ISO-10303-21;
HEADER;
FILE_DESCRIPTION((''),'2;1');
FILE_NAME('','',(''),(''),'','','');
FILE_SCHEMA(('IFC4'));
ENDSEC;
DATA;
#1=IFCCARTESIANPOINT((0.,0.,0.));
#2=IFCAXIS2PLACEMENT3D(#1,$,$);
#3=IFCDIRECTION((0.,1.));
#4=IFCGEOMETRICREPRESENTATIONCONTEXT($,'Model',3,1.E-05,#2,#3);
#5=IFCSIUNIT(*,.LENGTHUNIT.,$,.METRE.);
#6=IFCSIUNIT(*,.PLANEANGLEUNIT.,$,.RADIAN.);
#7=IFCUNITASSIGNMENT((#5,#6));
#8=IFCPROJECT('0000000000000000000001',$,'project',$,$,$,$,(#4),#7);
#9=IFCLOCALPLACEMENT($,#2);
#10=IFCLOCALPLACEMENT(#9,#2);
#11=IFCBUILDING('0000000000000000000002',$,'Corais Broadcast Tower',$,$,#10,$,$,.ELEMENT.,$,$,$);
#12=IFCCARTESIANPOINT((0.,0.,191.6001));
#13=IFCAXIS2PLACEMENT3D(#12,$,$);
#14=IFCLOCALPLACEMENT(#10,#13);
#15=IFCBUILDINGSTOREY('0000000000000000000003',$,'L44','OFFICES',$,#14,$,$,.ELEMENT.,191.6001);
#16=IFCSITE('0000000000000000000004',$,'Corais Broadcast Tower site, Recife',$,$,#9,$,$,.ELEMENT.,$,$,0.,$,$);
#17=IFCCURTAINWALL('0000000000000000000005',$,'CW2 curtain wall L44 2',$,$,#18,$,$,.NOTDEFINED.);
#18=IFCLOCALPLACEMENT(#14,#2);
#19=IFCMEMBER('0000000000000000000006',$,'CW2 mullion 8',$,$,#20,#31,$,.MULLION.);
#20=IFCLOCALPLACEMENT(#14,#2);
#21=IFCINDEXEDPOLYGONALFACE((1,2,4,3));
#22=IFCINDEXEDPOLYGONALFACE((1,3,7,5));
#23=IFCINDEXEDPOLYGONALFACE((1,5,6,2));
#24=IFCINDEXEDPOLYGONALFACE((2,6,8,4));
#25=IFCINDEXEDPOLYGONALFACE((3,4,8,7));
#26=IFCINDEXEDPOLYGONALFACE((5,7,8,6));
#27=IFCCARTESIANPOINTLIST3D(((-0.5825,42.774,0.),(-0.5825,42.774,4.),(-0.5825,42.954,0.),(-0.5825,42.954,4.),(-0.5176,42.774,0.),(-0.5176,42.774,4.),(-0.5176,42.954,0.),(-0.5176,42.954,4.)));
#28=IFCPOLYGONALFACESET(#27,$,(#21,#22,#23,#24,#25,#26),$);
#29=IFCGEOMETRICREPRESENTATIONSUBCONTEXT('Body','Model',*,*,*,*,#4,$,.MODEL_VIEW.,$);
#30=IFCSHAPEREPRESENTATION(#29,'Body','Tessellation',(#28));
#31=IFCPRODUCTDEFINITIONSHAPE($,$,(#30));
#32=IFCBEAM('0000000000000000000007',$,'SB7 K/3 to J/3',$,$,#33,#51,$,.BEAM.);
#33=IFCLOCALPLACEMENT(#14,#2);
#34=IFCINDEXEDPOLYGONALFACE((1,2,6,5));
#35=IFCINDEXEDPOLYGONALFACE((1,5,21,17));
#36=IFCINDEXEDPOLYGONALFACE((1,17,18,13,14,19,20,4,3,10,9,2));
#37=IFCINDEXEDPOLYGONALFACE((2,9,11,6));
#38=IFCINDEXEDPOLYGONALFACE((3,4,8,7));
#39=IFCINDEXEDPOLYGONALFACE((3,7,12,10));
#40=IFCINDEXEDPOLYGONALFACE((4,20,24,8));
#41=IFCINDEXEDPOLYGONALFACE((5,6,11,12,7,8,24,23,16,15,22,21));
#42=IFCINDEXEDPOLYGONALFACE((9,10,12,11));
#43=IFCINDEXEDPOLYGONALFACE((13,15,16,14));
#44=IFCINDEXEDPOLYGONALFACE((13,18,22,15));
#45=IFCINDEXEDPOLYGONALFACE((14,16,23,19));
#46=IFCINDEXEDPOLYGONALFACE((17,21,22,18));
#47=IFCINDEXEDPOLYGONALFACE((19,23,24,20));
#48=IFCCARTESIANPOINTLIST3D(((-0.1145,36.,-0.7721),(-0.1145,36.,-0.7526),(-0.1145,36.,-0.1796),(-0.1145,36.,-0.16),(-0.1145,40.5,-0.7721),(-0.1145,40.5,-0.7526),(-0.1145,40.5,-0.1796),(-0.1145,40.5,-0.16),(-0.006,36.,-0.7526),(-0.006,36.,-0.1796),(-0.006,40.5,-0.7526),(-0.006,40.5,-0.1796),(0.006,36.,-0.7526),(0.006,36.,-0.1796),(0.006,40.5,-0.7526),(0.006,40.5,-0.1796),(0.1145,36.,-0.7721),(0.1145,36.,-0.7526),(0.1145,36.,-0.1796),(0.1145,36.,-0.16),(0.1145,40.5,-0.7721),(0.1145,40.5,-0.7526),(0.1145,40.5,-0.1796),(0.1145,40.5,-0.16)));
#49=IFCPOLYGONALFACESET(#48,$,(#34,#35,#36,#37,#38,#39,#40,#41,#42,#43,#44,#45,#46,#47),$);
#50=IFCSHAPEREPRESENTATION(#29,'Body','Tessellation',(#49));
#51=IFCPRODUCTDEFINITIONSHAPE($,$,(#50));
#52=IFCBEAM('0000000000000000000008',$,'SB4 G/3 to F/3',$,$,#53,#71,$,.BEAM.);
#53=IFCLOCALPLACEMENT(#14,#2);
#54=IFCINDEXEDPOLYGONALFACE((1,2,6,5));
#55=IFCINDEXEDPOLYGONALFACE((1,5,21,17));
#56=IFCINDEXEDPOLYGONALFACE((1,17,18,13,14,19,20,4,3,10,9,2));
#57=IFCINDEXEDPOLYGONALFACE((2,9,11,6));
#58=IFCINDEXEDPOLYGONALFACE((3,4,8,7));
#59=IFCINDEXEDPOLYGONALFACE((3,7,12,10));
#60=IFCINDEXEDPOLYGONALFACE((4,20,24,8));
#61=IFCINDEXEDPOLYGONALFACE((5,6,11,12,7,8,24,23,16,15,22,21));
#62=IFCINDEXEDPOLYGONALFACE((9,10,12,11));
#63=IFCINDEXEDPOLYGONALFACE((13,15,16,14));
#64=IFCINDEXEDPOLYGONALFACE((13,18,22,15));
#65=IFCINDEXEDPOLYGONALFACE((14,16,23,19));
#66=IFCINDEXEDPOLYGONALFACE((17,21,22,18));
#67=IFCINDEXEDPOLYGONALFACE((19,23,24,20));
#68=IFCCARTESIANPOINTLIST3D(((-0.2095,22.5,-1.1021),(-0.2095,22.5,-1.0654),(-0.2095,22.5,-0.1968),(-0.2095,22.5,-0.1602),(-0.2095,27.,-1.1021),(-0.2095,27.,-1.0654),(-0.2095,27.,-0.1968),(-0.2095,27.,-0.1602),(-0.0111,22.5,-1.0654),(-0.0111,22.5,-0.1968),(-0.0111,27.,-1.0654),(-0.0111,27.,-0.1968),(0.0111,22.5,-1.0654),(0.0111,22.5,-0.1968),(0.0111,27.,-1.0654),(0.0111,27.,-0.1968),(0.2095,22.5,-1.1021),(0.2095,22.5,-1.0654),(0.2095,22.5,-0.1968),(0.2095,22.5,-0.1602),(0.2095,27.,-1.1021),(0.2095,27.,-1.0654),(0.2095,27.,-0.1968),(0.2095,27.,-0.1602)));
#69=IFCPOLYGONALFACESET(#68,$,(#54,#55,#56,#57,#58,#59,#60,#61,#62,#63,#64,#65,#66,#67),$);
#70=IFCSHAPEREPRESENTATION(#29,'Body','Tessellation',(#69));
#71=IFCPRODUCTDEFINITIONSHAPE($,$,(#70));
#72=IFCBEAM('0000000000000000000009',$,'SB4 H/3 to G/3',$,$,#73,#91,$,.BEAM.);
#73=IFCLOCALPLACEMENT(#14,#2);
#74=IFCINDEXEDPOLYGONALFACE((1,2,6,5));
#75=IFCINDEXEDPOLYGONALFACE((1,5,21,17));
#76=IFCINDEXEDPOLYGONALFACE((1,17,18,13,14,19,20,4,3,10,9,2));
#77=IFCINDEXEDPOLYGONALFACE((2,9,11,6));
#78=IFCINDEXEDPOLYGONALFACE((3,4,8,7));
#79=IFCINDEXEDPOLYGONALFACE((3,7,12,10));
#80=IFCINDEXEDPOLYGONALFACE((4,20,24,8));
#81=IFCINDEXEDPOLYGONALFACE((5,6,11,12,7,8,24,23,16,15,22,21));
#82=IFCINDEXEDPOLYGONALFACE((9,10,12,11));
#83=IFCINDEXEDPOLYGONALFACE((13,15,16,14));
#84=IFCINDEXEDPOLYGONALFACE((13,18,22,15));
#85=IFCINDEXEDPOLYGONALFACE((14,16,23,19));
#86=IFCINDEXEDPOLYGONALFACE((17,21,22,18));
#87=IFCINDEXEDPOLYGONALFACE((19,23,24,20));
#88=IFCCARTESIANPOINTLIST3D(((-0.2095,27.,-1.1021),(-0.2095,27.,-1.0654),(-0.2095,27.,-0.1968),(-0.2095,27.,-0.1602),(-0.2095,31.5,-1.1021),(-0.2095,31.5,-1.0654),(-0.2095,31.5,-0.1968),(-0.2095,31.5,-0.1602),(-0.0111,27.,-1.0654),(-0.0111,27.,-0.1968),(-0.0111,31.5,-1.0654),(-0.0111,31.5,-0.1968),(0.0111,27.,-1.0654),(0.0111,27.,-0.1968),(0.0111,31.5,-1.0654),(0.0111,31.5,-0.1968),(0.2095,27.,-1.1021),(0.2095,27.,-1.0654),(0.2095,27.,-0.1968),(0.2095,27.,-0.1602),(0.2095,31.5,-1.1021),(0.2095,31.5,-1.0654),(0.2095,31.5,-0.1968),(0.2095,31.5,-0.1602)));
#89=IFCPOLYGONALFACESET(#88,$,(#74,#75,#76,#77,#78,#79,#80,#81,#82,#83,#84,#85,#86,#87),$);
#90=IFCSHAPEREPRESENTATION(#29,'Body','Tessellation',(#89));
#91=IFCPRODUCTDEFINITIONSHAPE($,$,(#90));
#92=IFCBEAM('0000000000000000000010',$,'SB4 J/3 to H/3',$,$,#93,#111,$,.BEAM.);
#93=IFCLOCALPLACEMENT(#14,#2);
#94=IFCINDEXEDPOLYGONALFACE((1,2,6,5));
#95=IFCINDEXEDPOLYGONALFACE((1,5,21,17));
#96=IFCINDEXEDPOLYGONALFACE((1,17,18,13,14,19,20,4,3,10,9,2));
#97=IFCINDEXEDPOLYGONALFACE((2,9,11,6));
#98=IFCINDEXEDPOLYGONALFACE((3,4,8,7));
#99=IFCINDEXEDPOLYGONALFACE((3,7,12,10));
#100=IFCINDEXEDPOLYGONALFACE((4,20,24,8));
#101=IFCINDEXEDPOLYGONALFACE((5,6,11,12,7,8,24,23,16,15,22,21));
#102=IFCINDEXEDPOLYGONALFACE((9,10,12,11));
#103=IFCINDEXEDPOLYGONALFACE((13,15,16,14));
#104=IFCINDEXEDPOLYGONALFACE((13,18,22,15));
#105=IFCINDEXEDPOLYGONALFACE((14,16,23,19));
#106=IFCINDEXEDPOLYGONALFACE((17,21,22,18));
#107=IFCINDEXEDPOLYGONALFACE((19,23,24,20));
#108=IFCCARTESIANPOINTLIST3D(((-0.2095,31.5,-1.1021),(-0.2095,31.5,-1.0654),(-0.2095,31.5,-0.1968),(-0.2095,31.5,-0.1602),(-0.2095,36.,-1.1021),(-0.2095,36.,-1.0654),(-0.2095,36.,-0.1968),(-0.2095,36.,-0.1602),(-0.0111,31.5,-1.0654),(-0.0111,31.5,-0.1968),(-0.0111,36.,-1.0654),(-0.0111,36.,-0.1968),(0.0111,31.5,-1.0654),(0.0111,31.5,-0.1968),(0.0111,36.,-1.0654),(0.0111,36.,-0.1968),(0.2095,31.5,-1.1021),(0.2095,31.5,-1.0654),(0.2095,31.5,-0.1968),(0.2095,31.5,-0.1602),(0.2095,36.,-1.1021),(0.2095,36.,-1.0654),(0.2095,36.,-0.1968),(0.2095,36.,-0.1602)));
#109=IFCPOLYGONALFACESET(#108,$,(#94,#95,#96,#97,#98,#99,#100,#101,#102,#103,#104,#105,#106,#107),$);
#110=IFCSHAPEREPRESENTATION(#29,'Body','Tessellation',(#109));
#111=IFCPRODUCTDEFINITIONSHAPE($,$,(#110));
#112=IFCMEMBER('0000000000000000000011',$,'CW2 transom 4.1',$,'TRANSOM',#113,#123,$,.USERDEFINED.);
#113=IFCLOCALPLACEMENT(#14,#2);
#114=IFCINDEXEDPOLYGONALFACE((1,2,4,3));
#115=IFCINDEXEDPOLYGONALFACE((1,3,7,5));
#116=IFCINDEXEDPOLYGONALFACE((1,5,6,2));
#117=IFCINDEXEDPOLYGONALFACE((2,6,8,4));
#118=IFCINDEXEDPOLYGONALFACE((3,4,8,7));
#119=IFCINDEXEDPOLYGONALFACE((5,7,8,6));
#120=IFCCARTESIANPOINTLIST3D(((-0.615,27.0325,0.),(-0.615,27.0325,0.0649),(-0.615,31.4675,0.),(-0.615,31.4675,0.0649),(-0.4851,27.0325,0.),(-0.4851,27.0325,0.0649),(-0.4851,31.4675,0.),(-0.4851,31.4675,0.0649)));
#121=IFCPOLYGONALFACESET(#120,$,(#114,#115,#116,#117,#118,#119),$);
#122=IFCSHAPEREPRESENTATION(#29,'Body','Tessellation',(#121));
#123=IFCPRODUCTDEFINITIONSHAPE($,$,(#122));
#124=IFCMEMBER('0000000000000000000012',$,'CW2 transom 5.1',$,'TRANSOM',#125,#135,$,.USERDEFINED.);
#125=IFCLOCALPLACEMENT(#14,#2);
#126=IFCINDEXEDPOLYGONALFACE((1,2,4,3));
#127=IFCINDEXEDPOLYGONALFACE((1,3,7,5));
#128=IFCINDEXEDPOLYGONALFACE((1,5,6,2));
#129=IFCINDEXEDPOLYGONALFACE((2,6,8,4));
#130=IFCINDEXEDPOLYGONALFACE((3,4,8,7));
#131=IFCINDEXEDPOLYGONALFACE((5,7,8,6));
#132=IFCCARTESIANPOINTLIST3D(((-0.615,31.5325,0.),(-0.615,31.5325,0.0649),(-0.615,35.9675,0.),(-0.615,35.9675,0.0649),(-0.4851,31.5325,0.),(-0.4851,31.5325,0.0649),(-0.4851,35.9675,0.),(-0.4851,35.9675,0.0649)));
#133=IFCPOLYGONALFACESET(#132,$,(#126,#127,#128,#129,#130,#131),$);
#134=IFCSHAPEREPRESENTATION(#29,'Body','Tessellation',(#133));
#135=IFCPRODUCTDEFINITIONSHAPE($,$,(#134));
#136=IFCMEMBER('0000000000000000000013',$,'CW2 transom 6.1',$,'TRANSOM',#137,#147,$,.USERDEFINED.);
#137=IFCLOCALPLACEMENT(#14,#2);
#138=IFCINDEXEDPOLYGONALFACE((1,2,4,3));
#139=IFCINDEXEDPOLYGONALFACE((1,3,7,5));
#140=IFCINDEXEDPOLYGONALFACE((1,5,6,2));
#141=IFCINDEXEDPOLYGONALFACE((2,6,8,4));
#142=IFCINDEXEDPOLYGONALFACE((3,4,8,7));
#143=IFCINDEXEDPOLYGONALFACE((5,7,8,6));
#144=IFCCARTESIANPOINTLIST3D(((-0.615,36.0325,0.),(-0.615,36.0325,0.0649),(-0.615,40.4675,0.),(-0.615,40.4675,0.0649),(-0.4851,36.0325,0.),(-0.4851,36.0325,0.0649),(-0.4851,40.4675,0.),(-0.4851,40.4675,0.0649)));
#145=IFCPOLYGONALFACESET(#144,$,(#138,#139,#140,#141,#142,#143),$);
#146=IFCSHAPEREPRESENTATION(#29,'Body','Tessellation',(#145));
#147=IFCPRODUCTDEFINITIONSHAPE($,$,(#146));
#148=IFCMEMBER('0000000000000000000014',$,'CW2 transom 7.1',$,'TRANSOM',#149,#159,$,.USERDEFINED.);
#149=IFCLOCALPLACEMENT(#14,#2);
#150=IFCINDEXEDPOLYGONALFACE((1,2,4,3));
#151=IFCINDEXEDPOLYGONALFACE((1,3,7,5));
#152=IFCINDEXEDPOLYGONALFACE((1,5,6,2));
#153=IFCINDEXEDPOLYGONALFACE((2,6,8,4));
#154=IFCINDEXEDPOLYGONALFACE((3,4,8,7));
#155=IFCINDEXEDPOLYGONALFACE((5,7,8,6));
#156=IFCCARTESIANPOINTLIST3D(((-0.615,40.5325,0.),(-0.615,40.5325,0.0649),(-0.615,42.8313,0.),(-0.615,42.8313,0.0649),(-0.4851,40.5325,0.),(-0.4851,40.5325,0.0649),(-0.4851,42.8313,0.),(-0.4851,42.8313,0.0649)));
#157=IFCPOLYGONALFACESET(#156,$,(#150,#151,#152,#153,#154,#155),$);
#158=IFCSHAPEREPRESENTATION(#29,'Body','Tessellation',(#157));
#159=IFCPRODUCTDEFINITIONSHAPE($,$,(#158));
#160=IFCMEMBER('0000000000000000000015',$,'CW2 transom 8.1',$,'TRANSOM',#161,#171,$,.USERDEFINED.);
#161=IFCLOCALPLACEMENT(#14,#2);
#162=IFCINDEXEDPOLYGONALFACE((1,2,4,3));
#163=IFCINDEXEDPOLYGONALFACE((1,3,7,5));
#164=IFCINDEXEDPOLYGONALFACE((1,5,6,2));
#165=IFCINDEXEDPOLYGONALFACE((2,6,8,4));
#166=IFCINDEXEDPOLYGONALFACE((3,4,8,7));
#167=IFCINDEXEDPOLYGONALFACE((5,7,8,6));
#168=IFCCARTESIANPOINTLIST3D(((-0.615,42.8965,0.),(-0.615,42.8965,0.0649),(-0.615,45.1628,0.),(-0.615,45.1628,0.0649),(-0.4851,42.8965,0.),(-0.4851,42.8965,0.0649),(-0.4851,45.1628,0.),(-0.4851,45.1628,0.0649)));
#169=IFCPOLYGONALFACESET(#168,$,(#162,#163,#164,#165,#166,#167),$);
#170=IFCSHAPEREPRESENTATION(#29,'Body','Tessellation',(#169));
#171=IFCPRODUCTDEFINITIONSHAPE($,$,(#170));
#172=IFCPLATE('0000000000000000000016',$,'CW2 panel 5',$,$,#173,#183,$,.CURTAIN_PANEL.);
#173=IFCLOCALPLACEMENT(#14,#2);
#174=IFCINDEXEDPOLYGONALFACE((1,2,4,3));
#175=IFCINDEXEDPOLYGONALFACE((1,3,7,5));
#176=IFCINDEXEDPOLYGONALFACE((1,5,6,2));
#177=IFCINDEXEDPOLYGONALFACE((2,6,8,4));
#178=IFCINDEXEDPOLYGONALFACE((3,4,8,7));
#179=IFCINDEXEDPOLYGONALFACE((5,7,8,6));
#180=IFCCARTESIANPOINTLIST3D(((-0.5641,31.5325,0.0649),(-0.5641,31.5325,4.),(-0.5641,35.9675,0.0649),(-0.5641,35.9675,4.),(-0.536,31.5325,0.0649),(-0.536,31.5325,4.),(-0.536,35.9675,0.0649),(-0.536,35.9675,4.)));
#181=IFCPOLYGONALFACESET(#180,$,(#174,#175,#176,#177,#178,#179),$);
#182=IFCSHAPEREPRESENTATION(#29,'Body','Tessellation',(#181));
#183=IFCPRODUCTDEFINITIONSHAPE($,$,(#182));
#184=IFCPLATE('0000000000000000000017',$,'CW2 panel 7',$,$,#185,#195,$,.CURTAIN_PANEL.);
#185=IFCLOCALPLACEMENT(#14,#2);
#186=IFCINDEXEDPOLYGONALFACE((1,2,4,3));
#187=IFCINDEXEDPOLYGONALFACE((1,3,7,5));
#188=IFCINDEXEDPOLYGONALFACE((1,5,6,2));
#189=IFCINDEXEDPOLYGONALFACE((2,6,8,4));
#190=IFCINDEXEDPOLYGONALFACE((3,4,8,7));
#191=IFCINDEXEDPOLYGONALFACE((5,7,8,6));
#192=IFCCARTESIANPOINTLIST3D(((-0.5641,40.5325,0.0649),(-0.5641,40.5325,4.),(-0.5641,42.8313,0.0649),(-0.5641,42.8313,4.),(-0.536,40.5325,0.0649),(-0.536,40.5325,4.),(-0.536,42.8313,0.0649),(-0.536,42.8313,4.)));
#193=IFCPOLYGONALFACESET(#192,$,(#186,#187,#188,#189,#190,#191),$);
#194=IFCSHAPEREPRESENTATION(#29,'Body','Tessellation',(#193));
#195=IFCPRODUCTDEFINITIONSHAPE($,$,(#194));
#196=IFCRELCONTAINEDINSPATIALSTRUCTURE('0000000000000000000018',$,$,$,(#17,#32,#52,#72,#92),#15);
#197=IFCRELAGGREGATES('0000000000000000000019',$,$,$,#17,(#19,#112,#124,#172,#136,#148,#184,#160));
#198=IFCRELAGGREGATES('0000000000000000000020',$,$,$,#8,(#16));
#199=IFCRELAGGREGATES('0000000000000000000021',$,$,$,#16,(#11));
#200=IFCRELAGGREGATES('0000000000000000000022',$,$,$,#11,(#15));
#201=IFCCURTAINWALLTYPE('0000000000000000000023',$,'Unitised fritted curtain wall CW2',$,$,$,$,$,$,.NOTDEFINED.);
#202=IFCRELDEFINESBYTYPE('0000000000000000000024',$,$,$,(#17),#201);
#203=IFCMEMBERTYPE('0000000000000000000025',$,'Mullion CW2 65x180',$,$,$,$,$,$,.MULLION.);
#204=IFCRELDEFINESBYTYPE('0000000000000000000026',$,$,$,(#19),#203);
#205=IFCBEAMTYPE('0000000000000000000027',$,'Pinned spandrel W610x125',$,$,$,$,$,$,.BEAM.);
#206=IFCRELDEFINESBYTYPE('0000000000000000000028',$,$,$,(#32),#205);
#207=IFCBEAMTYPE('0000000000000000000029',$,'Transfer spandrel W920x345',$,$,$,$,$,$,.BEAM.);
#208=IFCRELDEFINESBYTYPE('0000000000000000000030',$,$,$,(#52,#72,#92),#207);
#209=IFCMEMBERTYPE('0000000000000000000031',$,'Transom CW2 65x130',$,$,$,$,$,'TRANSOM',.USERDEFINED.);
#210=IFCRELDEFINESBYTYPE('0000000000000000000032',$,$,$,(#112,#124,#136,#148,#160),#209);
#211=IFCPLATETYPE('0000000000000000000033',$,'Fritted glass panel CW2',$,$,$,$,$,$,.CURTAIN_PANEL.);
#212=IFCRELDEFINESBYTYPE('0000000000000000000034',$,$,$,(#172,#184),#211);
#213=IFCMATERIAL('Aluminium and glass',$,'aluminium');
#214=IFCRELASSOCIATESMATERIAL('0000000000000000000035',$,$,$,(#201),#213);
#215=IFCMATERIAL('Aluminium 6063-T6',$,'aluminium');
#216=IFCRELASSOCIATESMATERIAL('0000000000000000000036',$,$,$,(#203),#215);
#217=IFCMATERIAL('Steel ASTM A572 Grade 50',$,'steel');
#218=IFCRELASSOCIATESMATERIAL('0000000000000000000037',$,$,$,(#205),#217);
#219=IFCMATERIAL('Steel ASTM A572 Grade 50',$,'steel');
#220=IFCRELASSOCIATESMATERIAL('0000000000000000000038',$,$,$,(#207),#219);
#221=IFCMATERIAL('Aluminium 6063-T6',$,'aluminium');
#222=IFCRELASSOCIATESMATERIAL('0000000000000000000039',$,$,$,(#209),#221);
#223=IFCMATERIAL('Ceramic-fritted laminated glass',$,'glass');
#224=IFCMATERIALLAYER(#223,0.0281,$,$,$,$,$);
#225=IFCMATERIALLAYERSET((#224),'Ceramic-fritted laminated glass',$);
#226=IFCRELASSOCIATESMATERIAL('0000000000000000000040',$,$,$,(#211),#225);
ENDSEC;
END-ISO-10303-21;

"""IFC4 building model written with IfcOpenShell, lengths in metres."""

from ifc_helpers import new_model, si_unit, direction, frame, origin, origin_2d, place, context, subcontext, project, spatial, rectangle, i_section, extrude, material, layer, layer_set, material_profile, profile_set, type_object, element, aggregate, save


model = new_model("IFC4")

# Units and contexts
model_context = context("Model", 3, precision=1e-05, world=origin(), true_north=direction((0.0, 1.0)))
body_context = subcontext(model_context, "Body", "Model", "MODEL_VIEW")
ifc_project = project(units=[si_unit("LENGTHUNIT", "METRE"), si_unit("PLANEANGLEUNIT", "RADIAN")], contexts=[model_context])

# Site, building, storey
site_placement = place(None, origin())
site = spatial("IfcSite", under=ifc_project, at=site_placement, Name="Corais Broadcast Tower site, Recife", CompositionType="ELEMENT", RefElevation=0.0)
building_placement = place(site_placement, origin())
building = spatial("IfcBuilding", under=site, at=building_placement, Name="Corais Broadcast Tower", CompositionType="ELEMENT")
storey_placement = place(building_placement, frame((0.0, 0.0, 191.6001)))
storey = spatial("IfcBuildingStorey", under=building, at=storey_placement, Name="L44", Description="OFFICES", CompositionType="ELEMENT", Elevation=191.6001)

# Curtain wall, member
ifc_material_1 = material(Name="Aluminium and glass", Category="aluminium")
curtain_wall_type = type_object("IfcCurtainWallType", Name="Unitised fritted curtain wall CW2", PredefinedType="NOTDEFINED", material=ifc_material_1)
curtain_wall_placement = place(storey_placement, origin())
curtain_wall = element("IfcCurtainWall", 1, at=curtain_wall_placement, inside=storey, type_object=curtain_wall_type, Name="CW2 curtain wall L44 2", PredefinedType="NOTDEFINED")
ifc_material_2 = material(Name="Aluminium 6063-T6", Category="aluminium")
ifc_material_profile_1 = material_profile(ifc_material_2, rectangle(XDim=0.0649, YDim=0.1799, at=origin_2d()), Name="Mullion CW2 65x180")
ifc_profile_set_1 = profile_set([ifc_material_profile_1], Name="Aluminium 6063-T6")
member_type_1 = type_object("IfcMemberType", Name="Mullion CW2 65x180", PredefinedType="MULLION", material=ifc_profile_set_1)
member_1_placement = place(storey_placement, frame((-0.55, 42.864, 0.0), z_axis=(0.0, 0.0, 1.0), x_axis=(-1.0, 0.0, 0.0)))
member_1 = element("IfcMember", 2, at=member_1_placement, type_object=member_type_1, Name="CW2 mullion 8", PredefinedType="MULLION", context=body_context, shape_type="SweptSolid", body=[
    extrude(rectangle(XDim=0.0649, YDim=0.1799, at=origin_2d()), origin(), (0.0, 0.0, 1.0), 4.0),
])

# Beams
ifc_material_3 = material(Name="Steel ASTM A572 Grade 50", Category="steel")
ifc_material_profile_2 = material_profile(ifc_material_3, i_section(OverallWidth=0.229, OverallDepth=0.6121, WebThickness=0.012, FlangeThickness=0.0195, at=origin_2d()), Name="W610x125")
ifc_profile_set_2 = profile_set([ifc_material_profile_2], Name="Steel ASTM A572 Grade 50")
beam_type_1 = type_object("IfcBeamType", Name="Pinned spandrel W610x125", PredefinedType="BEAM", material=ifc_profile_set_2)
beam_placement = place(storey_placement, frame((0.0, 40.5, -0.4661), z_axis=(0.0, -1.0, 0.0), x_axis=(1.0, 0.0, 0.0)))
element("IfcBeam", 3, at=beam_placement, inside=storey, type_object=beam_type_1, Name="SB7 K/3 to J/3", PredefinedType="BEAM", context=body_context, shape_type="SweptSolid", body=[
    extrude(i_section(OverallWidth=0.229, OverallDepth=0.6121, WebThickness=0.012, FlangeThickness=0.0195, at=origin_2d()), origin(), (0.0, 0.0, 1.0), 4.5),
])
ifc_material_4 = material(Name="Steel ASTM A572 Grade 50", Category="steel")
ifc_material_profile_3 = material_profile(ifc_material_4, i_section(OverallWidth=0.4189, OverallDepth=0.9419, WebThickness=0.0222, FlangeThickness=0.0366, at=origin_2d()), Name="W920x345")
ifc_profile_set_3 = profile_set([ifc_material_profile_3], Name="Steel ASTM A572 Grade 50")
beam_type_2 = type_object("IfcBeamType", Name="Transfer spandrel W920x345", PredefinedType="BEAM", material=ifc_profile_set_3)
for number, where, z_axis, x_axis, name in (
    (4, (0.0, 27.0, -0.6311), (0.0, -1.0, 0.0), (1.0, 0.0, 0.0), "SB4 G/3 to F/3"),
    (5, (0.0, 31.5, -0.6311), (0.0, -1.0, 0.0), (1.0, 0.0, 0.0), "SB4 H/3 to G/3"),
    (6, (0.0, 36.0, -0.6311), (0.0, -1.0, 0.0), (1.0, 0.0, 0.0), "SB4 J/3 to H/3"),
):
    element("IfcBeam", number, at=place(storey_placement, frame(where, z_axis=z_axis, x_axis=x_axis)), inside=storey, type_object=beam_type_2, Name=name, PredefinedType="BEAM", context=body_context, shape_type="SweptSolid", body=[
        extrude(i_section(OverallWidth=0.4189, OverallDepth=0.9419, WebThickness=0.0222, FlangeThickness=0.0366, at=origin_2d()), origin(), (0.0, 0.0, 1.0), 4.5),
    ])

# Members
ifc_material_5 = material(Name="Aluminium 6063-T6", Category="aluminium")
ifc_material_profile_4 = material_profile(ifc_material_5, rectangle(XDim=0.1299, YDim=0.0649, at=origin_2d()), Name="Transom CW2 65x130")
ifc_profile_set_4 = profile_set([ifc_material_profile_4], Name="Aluminium 6063-T6")
member_type_2 = type_object("IfcMemberType", Name="Transom CW2 65x130", ElementType="TRANSOM", PredefinedType="USERDEFINED", material=ifc_profile_set_4)
member_2_placement = place(storey_placement, frame((-0.55, 27.0325, 0.0325), z_axis=(0.0, 1.0, 0.0), x_axis=(-1.0, 0.0, 0.0)))
member_2 = element("IfcMember", 7, at=member_2_placement, type_object=member_type_2, Name="CW2 transom 4.1", ObjectType="TRANSOM", PredefinedType="USERDEFINED", context=body_context, shape_type="SweptSolid", body=[
    extrude(rectangle(XDim=0.1299, YDim=0.0649, at=origin_2d()), origin(), (0.0, 0.0, 1.0), 4.4351),
])
member_3_placement = place(storey_placement, frame((-0.55, 31.5325, 0.0325), z_axis=(0.0, 1.0, 0.0), x_axis=(-1.0, 0.0, 0.0)))
member_3 = element("IfcMember", 8, at=member_3_placement, type_object=member_type_2, Name="CW2 transom 5.1", ObjectType="TRANSOM", PredefinedType="USERDEFINED", context=body_context, shape_type="SweptSolid", body=[
    extrude(rectangle(XDim=0.1299, YDim=0.0649, at=origin_2d()), origin(), (0.0, 0.0, 1.0), 4.4351),
])
member_4_placement = place(storey_placement, frame((-0.55, 36.0325, 0.0325), z_axis=(0.0, 1.0, 0.0), x_axis=(-1.0, 0.0, 0.0)))
member_4 = element("IfcMember", 9, at=member_4_placement, type_object=member_type_2, Name="CW2 transom 6.1", ObjectType="TRANSOM", PredefinedType="USERDEFINED", context=body_context, shape_type="SweptSolid", body=[
    extrude(rectangle(XDim=0.1299, YDim=0.0649, at=origin_2d()), origin(), (0.0, 0.0, 1.0), 4.4351),
])
member_5_placement = place(storey_placement, frame((-0.55, 40.5325, 0.0325), z_axis=(0.0, 1.0, 0.0), x_axis=(-1.0, 0.0, 0.0)))
member_5 = element("IfcMember", 10, at=member_5_placement, type_object=member_type_2, Name="CW2 transom 7.1", ObjectType="TRANSOM", PredefinedType="USERDEFINED", context=body_context, shape_type="SweptSolid", body=[
    extrude(rectangle(XDim=0.1299, YDim=0.0649, at=origin_2d()), origin(), (0.0, 0.0, 1.0), 2.2988),
])
member_6_placement = place(storey_placement, frame((-0.55, 42.8965, 0.0325), z_axis=(0.0, 1.0, 0.0), x_axis=(-1.0, 0.0, 0.0)))
member_6 = element("IfcMember", 11, at=member_6_placement, type_object=member_type_2, Name="CW2 transom 8.1", ObjectType="TRANSOM", PredefinedType="USERDEFINED", context=body_context, shape_type="SweptSolid", body=[
    extrude(rectangle(XDim=0.1299, YDim=0.0649, at=origin_2d()), origin(), (0.0, 0.0, 1.0), 2.2664),
])

# Plates
ifc_material_6 = material(Name="Ceramic-fritted laminated glass", Category="glass")
ifc_layer_1 = layer(ifc_material_6, 0.0281)
ifc_layer_set_1 = layer_set([ifc_layer_1], Name="Ceramic-fritted laminated glass")
plate_type_1 = type_object("IfcPlateType", Name="Fritted glass panel CW2", PredefinedType="CURTAIN_PANEL", material=ifc_layer_set_1)
plate_1_placement = place(storey_placement, frame((-0.55, 33.75, 0.0649), z_axis=(0.0, 0.0, 1.0), x_axis=(0.0, 1.0, 0.0)))
plate_1 = element("IfcPlate", 12, at=plate_1_placement, type_object=plate_type_1, Name="CW2 panel 5", PredefinedType="CURTAIN_PANEL", context=body_context, shape_type="SweptSolid", body=[
    extrude(rectangle(XDim=4.4351, YDim=0.0281, at=origin_2d()), origin(), (0.0, 0.0, 1.0), 3.9351),
])
plate_2_placement = place(storey_placement, frame((-0.55, 41.6819, 0.0649), z_axis=(0.0, 0.0, 1.0), x_axis=(0.0, 1.0, 0.0)))
plate_2 = element("IfcPlate", 13, at=plate_2_placement, type_object=plate_type_1, Name="CW2 panel 7", PredefinedType="CURTAIN_PANEL", context=body_context, shape_type="SweptSolid", body=[
    extrude(rectangle(XDim=2.2988, YDim=0.0281, at=origin_2d()), origin(), (0.0, 0.0, 1.0), 3.9351),
])
aggregate(curtain_wall, [member_1, member_2, member_3, plate_1, member_4, member_5, plate_2, member_6])

save(model, "model.ifc")
